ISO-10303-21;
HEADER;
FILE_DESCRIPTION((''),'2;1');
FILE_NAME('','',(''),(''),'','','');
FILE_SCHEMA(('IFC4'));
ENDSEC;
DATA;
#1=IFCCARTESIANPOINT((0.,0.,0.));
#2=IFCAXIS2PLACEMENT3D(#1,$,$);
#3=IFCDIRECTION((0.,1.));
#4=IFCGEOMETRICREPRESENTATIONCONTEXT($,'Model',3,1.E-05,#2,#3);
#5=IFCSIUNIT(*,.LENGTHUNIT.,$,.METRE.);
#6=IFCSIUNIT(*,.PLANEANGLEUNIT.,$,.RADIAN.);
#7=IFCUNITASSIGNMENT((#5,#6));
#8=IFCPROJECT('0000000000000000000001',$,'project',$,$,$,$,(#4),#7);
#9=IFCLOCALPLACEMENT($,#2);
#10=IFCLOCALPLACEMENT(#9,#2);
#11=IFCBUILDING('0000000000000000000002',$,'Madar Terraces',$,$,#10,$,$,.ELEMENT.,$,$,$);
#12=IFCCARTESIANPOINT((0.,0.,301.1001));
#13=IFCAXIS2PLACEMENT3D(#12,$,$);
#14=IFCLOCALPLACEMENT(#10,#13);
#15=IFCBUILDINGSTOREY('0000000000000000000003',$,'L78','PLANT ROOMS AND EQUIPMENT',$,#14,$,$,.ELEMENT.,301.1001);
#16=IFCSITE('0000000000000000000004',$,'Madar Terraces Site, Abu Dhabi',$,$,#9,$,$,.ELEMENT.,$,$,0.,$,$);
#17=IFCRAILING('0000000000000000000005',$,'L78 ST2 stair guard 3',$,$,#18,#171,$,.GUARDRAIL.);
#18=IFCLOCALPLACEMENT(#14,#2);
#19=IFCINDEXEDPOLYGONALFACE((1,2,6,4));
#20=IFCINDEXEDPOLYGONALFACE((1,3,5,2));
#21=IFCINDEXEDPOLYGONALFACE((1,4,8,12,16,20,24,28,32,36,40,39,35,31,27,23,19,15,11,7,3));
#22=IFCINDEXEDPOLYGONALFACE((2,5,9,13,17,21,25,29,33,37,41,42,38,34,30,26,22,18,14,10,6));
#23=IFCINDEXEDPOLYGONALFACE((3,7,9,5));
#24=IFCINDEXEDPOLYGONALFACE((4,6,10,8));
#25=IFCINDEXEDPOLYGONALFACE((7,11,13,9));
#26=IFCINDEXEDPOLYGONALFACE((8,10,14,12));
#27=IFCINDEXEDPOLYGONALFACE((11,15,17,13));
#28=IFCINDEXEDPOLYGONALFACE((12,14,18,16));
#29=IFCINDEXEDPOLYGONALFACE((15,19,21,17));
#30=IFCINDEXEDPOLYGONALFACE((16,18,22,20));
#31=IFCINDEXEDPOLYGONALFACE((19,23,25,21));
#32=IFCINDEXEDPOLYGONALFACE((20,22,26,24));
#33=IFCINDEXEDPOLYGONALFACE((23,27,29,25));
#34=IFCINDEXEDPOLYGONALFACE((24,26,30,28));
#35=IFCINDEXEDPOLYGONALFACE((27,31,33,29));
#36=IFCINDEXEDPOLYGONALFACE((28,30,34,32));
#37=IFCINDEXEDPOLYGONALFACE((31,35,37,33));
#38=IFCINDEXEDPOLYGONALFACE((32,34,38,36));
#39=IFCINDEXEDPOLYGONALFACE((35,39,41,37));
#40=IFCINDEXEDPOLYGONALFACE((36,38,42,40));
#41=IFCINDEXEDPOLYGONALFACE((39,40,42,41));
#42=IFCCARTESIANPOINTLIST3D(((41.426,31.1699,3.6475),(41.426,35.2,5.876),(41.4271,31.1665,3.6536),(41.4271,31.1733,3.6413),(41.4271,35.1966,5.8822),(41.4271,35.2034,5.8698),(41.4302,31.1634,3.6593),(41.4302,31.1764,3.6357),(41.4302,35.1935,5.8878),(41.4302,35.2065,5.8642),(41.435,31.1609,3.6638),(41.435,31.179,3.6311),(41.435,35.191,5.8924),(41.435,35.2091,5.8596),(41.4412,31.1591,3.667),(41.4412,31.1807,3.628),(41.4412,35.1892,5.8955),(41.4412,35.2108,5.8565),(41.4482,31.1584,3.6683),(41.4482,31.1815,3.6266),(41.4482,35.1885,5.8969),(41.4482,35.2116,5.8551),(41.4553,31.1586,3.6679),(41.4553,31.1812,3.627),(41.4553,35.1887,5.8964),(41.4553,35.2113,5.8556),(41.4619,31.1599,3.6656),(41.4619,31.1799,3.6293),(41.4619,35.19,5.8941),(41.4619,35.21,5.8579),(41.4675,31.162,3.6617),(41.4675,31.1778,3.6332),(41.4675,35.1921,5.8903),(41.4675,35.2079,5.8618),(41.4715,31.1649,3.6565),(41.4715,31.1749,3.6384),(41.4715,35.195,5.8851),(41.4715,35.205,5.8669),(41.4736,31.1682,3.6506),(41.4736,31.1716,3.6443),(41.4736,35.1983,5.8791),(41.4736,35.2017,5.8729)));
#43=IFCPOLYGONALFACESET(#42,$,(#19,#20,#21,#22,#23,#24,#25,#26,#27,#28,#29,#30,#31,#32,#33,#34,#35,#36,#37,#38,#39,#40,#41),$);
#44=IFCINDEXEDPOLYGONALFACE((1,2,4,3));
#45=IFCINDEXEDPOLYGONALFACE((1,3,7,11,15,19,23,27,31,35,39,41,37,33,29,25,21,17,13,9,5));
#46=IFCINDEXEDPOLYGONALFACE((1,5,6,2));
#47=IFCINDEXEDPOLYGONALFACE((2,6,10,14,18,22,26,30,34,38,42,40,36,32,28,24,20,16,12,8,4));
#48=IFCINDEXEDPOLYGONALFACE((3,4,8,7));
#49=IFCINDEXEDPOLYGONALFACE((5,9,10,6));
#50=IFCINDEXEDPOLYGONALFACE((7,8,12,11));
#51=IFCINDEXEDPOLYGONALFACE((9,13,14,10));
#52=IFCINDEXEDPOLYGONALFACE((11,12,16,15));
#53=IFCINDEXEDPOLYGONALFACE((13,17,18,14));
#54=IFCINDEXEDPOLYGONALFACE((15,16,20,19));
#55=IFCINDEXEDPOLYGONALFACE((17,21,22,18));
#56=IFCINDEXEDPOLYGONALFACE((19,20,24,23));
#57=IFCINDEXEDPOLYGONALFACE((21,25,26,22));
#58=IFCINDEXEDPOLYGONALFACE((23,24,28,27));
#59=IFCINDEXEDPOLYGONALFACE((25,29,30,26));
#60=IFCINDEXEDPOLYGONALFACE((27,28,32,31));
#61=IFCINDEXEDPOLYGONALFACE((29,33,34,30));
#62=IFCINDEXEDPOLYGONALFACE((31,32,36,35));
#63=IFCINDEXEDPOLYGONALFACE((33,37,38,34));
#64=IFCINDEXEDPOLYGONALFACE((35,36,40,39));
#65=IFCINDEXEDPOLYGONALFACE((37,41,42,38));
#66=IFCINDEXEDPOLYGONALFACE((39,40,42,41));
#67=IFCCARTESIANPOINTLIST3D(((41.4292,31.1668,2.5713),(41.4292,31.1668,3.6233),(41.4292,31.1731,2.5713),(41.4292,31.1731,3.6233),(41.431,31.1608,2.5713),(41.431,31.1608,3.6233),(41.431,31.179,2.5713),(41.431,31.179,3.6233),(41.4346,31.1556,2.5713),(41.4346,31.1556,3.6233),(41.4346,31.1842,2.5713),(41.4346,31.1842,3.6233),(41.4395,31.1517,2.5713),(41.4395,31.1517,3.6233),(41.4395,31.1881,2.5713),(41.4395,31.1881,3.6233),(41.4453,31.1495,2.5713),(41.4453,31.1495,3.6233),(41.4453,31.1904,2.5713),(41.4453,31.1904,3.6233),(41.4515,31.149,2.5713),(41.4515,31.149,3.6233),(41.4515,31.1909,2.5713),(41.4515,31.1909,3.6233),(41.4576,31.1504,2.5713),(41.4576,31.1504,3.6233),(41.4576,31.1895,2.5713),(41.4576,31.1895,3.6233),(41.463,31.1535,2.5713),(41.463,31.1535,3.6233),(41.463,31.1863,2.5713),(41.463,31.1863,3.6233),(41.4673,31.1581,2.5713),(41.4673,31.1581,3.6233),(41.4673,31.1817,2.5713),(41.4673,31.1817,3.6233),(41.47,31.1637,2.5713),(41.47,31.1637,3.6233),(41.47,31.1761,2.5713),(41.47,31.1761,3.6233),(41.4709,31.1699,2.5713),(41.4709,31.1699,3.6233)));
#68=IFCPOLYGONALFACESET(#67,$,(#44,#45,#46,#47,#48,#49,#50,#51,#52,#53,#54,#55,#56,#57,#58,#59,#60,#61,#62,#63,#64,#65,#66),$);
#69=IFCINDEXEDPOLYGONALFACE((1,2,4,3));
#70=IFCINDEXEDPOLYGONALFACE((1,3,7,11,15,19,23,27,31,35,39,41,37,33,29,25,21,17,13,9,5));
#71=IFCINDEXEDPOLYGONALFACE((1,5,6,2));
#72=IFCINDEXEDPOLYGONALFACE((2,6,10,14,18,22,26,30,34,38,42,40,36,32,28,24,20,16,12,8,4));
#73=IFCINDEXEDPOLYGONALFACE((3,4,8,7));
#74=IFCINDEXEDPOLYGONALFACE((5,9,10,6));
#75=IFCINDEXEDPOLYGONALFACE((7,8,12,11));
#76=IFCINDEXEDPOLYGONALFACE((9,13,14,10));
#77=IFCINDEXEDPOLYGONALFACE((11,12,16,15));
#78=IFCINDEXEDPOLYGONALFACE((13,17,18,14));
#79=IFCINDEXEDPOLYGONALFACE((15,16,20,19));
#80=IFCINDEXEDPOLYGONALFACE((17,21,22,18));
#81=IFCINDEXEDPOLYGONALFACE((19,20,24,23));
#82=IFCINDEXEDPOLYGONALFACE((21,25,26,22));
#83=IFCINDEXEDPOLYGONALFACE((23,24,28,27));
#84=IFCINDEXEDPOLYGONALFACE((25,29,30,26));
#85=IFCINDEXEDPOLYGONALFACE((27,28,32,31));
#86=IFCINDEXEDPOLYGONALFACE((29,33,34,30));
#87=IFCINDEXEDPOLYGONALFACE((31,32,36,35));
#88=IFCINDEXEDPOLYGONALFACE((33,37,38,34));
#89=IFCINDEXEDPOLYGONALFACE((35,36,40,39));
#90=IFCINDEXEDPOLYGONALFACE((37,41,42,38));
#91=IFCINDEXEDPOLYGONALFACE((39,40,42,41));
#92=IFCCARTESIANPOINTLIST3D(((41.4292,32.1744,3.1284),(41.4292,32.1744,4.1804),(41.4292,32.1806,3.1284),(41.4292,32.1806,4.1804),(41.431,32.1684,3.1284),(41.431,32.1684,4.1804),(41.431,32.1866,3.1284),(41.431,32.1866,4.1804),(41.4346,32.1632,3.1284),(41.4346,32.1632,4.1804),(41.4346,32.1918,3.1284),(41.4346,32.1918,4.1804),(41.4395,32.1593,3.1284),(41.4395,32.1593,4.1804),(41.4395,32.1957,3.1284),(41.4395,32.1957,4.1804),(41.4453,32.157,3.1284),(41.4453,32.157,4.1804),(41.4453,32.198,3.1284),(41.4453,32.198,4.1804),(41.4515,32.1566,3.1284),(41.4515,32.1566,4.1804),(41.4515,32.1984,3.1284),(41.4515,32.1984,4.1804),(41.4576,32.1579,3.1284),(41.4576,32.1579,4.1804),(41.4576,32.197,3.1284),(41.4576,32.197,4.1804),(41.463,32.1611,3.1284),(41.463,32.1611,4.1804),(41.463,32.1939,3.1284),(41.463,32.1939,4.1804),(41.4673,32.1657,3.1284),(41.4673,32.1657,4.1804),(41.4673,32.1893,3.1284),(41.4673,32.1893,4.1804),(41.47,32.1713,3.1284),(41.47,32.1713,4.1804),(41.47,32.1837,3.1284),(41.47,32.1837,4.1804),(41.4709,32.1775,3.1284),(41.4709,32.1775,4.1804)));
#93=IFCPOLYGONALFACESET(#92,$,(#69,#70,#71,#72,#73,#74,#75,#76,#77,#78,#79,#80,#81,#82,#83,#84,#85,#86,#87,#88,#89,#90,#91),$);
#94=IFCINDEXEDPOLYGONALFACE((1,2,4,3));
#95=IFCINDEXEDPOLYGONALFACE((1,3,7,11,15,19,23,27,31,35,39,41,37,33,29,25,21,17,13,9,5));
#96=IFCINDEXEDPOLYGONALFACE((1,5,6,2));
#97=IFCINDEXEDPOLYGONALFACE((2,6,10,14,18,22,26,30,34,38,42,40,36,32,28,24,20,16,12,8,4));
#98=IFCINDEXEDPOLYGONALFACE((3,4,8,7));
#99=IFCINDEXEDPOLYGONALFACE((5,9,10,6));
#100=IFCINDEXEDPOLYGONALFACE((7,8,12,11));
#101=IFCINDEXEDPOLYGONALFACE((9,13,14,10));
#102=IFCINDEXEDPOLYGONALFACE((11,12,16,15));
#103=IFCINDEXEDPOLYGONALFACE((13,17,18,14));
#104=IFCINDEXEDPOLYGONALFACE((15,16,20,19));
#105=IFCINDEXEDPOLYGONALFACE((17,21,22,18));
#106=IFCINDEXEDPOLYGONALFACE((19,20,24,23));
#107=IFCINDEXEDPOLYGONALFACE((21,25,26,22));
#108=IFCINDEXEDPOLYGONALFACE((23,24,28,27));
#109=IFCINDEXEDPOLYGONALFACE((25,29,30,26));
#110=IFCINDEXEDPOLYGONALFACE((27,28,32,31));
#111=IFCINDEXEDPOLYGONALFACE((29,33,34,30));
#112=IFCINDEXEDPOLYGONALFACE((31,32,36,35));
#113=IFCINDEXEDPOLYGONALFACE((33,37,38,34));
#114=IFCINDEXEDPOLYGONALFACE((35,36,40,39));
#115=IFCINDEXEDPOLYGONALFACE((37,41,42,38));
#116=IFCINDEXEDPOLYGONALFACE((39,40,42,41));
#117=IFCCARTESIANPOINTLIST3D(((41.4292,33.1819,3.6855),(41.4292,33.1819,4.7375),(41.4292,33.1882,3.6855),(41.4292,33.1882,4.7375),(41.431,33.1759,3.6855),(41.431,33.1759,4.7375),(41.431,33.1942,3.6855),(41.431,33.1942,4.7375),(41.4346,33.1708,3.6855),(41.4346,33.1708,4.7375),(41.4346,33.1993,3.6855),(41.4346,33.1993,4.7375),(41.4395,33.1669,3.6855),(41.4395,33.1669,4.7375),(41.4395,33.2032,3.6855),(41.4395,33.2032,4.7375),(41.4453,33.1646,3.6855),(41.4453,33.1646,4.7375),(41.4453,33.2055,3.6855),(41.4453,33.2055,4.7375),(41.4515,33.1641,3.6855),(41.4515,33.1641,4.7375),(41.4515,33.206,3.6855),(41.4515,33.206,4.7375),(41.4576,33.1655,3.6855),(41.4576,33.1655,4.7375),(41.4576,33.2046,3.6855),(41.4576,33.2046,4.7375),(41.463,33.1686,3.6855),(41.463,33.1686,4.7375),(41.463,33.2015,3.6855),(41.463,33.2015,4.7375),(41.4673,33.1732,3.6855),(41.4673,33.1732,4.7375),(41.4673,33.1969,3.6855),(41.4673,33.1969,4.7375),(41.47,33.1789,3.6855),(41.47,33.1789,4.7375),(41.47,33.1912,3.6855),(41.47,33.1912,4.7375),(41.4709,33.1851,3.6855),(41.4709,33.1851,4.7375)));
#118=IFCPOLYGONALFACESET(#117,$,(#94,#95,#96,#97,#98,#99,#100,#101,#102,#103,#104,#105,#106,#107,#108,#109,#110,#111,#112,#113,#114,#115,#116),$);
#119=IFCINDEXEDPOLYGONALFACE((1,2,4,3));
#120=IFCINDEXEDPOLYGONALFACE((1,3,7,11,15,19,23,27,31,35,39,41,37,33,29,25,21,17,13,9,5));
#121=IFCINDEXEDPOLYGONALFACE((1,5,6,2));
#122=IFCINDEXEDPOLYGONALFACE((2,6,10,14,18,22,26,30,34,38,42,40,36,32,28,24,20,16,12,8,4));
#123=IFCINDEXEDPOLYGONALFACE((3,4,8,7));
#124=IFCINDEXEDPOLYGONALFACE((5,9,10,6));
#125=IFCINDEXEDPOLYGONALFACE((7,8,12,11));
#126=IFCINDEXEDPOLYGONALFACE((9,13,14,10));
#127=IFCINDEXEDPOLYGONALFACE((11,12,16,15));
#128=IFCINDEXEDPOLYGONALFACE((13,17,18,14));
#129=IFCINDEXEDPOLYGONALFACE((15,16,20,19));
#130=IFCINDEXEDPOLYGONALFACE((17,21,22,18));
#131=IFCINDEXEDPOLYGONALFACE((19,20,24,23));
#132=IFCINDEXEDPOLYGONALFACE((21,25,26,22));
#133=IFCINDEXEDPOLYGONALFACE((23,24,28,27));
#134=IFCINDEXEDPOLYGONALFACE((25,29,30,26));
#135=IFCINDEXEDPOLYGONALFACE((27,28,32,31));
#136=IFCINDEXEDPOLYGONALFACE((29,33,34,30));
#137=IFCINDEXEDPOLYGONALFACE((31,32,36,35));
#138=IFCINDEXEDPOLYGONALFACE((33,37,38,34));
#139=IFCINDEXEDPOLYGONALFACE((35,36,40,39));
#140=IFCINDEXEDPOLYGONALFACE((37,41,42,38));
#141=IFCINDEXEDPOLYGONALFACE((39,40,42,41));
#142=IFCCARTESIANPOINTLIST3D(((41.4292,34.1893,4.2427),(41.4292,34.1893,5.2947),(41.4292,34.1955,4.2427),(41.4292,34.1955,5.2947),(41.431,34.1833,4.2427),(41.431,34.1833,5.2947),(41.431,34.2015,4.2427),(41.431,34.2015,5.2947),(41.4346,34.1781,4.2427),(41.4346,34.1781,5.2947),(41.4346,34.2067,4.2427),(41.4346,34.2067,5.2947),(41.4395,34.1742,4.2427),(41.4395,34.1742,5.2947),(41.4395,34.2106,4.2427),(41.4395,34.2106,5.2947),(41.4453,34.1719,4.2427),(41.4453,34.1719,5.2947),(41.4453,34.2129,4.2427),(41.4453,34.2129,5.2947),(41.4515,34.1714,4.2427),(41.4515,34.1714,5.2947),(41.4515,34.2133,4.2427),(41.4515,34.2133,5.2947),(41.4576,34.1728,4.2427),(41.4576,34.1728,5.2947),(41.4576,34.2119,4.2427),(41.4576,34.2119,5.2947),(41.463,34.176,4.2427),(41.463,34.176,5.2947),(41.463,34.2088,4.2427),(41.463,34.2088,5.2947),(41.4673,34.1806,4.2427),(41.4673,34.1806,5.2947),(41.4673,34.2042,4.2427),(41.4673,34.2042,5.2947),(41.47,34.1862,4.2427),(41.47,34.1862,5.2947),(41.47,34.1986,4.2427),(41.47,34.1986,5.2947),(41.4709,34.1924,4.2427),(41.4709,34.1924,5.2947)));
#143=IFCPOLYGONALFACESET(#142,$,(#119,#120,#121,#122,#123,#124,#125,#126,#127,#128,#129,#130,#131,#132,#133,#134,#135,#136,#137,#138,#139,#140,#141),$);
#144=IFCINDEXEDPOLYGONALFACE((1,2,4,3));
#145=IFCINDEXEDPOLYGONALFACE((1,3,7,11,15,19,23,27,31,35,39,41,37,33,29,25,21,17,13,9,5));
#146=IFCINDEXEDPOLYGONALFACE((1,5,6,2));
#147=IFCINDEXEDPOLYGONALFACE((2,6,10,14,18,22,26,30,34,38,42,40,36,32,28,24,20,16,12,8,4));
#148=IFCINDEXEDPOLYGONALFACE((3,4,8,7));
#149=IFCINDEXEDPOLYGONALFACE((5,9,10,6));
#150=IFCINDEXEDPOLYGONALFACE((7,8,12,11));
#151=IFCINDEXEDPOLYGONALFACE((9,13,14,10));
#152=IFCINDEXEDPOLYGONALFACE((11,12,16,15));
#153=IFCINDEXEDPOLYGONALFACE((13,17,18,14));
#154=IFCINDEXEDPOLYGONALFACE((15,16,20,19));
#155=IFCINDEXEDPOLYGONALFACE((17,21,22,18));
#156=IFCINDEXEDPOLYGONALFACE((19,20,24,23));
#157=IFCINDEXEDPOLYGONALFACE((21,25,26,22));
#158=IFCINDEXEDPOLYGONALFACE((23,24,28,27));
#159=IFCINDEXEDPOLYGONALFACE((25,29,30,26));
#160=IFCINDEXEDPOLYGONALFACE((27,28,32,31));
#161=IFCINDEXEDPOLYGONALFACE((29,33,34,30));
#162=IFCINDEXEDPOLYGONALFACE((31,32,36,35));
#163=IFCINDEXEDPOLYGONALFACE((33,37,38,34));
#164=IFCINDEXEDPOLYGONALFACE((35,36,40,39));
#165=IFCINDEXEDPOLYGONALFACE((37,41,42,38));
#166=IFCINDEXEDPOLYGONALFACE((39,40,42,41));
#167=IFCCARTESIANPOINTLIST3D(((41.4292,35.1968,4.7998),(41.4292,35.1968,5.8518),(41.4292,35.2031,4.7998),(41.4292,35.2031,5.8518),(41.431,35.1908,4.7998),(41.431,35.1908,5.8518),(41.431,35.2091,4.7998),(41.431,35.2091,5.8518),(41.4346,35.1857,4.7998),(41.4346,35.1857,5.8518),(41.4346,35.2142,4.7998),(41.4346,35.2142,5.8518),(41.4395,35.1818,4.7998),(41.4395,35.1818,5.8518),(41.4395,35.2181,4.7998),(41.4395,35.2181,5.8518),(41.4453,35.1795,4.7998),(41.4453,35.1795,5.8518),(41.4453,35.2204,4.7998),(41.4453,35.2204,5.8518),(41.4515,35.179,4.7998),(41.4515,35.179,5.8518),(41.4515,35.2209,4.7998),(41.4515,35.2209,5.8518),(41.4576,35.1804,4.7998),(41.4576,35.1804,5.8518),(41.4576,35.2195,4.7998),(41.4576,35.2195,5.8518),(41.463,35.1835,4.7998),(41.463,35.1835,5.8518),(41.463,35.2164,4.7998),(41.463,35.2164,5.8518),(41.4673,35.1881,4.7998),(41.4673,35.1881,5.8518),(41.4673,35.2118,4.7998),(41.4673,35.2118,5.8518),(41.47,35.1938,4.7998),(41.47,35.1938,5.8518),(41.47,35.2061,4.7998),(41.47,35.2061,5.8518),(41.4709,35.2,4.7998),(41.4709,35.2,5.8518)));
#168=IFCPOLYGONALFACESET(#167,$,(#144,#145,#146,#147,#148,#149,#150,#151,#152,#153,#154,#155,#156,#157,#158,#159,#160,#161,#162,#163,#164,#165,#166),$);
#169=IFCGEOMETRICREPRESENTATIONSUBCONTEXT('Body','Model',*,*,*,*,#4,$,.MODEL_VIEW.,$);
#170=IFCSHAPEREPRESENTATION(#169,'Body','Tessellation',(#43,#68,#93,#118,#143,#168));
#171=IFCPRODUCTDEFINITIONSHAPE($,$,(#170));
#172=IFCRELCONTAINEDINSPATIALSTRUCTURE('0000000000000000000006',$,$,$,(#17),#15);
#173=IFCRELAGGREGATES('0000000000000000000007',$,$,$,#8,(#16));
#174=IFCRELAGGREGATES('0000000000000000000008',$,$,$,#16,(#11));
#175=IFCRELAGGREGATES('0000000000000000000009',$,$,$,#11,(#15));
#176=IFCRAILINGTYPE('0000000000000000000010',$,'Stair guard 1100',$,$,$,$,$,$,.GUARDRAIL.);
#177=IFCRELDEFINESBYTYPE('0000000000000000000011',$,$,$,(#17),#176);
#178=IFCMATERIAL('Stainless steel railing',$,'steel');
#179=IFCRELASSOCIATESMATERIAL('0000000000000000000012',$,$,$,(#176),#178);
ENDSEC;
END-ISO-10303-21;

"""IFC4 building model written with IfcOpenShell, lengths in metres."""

from ifc_helpers import new_model, si_unit, direction, frame, origin, origin_2d, place, context, subcontext, project, spatial, circle, extrude, material, type_object, element, save


model = new_model("IFC4")

# Units and contexts
model_context = context("Model", 3, precision=1e-05, world=origin(), true_north=direction((0.0, 1.0)))
body_context = subcontext(model_context, "Body", "Model", "MODEL_VIEW")
ifc_project = project(units=[si_unit("LENGTHUNIT", "METRE"), si_unit("PLANEANGLEUNIT", "RADIAN")], contexts=[model_context])

# Site, building, storey
site_placement = place(None, origin())
site = spatial("IfcSite", under=ifc_project, at=site_placement, Name="Madar Terraces Site, Abu Dhabi", CompositionType="ELEMENT", RefElevation=0.0)
building_placement = place(site_placement, origin())
building = spatial("IfcBuilding", under=site, at=building_placement, Name="Madar Terraces", CompositionType="ELEMENT")
storey_placement = place(building_placement, frame((0.0, 0.0, 301.1001)))
storey = spatial("IfcBuildingStorey", under=building, at=storey_placement, Name="L78", Description="PLANT ROOMS AND EQUIPMENT", CompositionType="ELEMENT", Elevation=301.1001)

# Railing
ifc_material_1 = material(Name="Stainless steel railing", Category="steel")
railing_type_1 = type_object("IfcRailingType", Name="Stair guard 1100", PredefinedType="GUARDRAIL", material=ifc_material_1)
railing_1_placement = place(storey_placement, frame((41.45, 31.1699, 2.5713)))
element("IfcRailing", 1, at=railing_1_placement, inside=storey, type_object=railing_type_1, Name="L78 ST2 stair guard 3", PredefinedType="GUARDRAIL", context=body_context, shape_type="SweptSolid", body=[
    extrude(circle(Radius=0.0239, at=origin_2d()), frame((0.0, 0.0, 1.0762), z_axis=(0.0, 0.875113, 0.483918), x_axis=(-1.0, 0.0, 0.0)), (0.0, 0.0, 1.0), 4.6052),
    extrude(circle(Radius=0.021, at=origin_2d()), origin(), (0.0, 0.0, 1.0), 1.052),
    extrude(circle(Radius=0.021, at=origin_2d()), frame((0.0, 1.0076, 0.5571)), (0.0, 0.0, 1.0), 1.052),
    extrude(circle(Radius=0.021, at=origin_2d()), frame((0.0, 2.0151, 1.1143)), (0.0, 0.0, 1.0), 1.052),
    extrude(circle(Radius=0.021, at=origin_2d()), frame((0.0, 3.0225, 1.6714)), (0.0, 0.0, 1.0), 1.052),
    extrude(circle(Radius=0.021, at=origin_2d()), frame((0.0, 4.03, 2.2285)), (0.0, 0.0, 1.0), 1.052),
])

save(model, "model.ifc")
